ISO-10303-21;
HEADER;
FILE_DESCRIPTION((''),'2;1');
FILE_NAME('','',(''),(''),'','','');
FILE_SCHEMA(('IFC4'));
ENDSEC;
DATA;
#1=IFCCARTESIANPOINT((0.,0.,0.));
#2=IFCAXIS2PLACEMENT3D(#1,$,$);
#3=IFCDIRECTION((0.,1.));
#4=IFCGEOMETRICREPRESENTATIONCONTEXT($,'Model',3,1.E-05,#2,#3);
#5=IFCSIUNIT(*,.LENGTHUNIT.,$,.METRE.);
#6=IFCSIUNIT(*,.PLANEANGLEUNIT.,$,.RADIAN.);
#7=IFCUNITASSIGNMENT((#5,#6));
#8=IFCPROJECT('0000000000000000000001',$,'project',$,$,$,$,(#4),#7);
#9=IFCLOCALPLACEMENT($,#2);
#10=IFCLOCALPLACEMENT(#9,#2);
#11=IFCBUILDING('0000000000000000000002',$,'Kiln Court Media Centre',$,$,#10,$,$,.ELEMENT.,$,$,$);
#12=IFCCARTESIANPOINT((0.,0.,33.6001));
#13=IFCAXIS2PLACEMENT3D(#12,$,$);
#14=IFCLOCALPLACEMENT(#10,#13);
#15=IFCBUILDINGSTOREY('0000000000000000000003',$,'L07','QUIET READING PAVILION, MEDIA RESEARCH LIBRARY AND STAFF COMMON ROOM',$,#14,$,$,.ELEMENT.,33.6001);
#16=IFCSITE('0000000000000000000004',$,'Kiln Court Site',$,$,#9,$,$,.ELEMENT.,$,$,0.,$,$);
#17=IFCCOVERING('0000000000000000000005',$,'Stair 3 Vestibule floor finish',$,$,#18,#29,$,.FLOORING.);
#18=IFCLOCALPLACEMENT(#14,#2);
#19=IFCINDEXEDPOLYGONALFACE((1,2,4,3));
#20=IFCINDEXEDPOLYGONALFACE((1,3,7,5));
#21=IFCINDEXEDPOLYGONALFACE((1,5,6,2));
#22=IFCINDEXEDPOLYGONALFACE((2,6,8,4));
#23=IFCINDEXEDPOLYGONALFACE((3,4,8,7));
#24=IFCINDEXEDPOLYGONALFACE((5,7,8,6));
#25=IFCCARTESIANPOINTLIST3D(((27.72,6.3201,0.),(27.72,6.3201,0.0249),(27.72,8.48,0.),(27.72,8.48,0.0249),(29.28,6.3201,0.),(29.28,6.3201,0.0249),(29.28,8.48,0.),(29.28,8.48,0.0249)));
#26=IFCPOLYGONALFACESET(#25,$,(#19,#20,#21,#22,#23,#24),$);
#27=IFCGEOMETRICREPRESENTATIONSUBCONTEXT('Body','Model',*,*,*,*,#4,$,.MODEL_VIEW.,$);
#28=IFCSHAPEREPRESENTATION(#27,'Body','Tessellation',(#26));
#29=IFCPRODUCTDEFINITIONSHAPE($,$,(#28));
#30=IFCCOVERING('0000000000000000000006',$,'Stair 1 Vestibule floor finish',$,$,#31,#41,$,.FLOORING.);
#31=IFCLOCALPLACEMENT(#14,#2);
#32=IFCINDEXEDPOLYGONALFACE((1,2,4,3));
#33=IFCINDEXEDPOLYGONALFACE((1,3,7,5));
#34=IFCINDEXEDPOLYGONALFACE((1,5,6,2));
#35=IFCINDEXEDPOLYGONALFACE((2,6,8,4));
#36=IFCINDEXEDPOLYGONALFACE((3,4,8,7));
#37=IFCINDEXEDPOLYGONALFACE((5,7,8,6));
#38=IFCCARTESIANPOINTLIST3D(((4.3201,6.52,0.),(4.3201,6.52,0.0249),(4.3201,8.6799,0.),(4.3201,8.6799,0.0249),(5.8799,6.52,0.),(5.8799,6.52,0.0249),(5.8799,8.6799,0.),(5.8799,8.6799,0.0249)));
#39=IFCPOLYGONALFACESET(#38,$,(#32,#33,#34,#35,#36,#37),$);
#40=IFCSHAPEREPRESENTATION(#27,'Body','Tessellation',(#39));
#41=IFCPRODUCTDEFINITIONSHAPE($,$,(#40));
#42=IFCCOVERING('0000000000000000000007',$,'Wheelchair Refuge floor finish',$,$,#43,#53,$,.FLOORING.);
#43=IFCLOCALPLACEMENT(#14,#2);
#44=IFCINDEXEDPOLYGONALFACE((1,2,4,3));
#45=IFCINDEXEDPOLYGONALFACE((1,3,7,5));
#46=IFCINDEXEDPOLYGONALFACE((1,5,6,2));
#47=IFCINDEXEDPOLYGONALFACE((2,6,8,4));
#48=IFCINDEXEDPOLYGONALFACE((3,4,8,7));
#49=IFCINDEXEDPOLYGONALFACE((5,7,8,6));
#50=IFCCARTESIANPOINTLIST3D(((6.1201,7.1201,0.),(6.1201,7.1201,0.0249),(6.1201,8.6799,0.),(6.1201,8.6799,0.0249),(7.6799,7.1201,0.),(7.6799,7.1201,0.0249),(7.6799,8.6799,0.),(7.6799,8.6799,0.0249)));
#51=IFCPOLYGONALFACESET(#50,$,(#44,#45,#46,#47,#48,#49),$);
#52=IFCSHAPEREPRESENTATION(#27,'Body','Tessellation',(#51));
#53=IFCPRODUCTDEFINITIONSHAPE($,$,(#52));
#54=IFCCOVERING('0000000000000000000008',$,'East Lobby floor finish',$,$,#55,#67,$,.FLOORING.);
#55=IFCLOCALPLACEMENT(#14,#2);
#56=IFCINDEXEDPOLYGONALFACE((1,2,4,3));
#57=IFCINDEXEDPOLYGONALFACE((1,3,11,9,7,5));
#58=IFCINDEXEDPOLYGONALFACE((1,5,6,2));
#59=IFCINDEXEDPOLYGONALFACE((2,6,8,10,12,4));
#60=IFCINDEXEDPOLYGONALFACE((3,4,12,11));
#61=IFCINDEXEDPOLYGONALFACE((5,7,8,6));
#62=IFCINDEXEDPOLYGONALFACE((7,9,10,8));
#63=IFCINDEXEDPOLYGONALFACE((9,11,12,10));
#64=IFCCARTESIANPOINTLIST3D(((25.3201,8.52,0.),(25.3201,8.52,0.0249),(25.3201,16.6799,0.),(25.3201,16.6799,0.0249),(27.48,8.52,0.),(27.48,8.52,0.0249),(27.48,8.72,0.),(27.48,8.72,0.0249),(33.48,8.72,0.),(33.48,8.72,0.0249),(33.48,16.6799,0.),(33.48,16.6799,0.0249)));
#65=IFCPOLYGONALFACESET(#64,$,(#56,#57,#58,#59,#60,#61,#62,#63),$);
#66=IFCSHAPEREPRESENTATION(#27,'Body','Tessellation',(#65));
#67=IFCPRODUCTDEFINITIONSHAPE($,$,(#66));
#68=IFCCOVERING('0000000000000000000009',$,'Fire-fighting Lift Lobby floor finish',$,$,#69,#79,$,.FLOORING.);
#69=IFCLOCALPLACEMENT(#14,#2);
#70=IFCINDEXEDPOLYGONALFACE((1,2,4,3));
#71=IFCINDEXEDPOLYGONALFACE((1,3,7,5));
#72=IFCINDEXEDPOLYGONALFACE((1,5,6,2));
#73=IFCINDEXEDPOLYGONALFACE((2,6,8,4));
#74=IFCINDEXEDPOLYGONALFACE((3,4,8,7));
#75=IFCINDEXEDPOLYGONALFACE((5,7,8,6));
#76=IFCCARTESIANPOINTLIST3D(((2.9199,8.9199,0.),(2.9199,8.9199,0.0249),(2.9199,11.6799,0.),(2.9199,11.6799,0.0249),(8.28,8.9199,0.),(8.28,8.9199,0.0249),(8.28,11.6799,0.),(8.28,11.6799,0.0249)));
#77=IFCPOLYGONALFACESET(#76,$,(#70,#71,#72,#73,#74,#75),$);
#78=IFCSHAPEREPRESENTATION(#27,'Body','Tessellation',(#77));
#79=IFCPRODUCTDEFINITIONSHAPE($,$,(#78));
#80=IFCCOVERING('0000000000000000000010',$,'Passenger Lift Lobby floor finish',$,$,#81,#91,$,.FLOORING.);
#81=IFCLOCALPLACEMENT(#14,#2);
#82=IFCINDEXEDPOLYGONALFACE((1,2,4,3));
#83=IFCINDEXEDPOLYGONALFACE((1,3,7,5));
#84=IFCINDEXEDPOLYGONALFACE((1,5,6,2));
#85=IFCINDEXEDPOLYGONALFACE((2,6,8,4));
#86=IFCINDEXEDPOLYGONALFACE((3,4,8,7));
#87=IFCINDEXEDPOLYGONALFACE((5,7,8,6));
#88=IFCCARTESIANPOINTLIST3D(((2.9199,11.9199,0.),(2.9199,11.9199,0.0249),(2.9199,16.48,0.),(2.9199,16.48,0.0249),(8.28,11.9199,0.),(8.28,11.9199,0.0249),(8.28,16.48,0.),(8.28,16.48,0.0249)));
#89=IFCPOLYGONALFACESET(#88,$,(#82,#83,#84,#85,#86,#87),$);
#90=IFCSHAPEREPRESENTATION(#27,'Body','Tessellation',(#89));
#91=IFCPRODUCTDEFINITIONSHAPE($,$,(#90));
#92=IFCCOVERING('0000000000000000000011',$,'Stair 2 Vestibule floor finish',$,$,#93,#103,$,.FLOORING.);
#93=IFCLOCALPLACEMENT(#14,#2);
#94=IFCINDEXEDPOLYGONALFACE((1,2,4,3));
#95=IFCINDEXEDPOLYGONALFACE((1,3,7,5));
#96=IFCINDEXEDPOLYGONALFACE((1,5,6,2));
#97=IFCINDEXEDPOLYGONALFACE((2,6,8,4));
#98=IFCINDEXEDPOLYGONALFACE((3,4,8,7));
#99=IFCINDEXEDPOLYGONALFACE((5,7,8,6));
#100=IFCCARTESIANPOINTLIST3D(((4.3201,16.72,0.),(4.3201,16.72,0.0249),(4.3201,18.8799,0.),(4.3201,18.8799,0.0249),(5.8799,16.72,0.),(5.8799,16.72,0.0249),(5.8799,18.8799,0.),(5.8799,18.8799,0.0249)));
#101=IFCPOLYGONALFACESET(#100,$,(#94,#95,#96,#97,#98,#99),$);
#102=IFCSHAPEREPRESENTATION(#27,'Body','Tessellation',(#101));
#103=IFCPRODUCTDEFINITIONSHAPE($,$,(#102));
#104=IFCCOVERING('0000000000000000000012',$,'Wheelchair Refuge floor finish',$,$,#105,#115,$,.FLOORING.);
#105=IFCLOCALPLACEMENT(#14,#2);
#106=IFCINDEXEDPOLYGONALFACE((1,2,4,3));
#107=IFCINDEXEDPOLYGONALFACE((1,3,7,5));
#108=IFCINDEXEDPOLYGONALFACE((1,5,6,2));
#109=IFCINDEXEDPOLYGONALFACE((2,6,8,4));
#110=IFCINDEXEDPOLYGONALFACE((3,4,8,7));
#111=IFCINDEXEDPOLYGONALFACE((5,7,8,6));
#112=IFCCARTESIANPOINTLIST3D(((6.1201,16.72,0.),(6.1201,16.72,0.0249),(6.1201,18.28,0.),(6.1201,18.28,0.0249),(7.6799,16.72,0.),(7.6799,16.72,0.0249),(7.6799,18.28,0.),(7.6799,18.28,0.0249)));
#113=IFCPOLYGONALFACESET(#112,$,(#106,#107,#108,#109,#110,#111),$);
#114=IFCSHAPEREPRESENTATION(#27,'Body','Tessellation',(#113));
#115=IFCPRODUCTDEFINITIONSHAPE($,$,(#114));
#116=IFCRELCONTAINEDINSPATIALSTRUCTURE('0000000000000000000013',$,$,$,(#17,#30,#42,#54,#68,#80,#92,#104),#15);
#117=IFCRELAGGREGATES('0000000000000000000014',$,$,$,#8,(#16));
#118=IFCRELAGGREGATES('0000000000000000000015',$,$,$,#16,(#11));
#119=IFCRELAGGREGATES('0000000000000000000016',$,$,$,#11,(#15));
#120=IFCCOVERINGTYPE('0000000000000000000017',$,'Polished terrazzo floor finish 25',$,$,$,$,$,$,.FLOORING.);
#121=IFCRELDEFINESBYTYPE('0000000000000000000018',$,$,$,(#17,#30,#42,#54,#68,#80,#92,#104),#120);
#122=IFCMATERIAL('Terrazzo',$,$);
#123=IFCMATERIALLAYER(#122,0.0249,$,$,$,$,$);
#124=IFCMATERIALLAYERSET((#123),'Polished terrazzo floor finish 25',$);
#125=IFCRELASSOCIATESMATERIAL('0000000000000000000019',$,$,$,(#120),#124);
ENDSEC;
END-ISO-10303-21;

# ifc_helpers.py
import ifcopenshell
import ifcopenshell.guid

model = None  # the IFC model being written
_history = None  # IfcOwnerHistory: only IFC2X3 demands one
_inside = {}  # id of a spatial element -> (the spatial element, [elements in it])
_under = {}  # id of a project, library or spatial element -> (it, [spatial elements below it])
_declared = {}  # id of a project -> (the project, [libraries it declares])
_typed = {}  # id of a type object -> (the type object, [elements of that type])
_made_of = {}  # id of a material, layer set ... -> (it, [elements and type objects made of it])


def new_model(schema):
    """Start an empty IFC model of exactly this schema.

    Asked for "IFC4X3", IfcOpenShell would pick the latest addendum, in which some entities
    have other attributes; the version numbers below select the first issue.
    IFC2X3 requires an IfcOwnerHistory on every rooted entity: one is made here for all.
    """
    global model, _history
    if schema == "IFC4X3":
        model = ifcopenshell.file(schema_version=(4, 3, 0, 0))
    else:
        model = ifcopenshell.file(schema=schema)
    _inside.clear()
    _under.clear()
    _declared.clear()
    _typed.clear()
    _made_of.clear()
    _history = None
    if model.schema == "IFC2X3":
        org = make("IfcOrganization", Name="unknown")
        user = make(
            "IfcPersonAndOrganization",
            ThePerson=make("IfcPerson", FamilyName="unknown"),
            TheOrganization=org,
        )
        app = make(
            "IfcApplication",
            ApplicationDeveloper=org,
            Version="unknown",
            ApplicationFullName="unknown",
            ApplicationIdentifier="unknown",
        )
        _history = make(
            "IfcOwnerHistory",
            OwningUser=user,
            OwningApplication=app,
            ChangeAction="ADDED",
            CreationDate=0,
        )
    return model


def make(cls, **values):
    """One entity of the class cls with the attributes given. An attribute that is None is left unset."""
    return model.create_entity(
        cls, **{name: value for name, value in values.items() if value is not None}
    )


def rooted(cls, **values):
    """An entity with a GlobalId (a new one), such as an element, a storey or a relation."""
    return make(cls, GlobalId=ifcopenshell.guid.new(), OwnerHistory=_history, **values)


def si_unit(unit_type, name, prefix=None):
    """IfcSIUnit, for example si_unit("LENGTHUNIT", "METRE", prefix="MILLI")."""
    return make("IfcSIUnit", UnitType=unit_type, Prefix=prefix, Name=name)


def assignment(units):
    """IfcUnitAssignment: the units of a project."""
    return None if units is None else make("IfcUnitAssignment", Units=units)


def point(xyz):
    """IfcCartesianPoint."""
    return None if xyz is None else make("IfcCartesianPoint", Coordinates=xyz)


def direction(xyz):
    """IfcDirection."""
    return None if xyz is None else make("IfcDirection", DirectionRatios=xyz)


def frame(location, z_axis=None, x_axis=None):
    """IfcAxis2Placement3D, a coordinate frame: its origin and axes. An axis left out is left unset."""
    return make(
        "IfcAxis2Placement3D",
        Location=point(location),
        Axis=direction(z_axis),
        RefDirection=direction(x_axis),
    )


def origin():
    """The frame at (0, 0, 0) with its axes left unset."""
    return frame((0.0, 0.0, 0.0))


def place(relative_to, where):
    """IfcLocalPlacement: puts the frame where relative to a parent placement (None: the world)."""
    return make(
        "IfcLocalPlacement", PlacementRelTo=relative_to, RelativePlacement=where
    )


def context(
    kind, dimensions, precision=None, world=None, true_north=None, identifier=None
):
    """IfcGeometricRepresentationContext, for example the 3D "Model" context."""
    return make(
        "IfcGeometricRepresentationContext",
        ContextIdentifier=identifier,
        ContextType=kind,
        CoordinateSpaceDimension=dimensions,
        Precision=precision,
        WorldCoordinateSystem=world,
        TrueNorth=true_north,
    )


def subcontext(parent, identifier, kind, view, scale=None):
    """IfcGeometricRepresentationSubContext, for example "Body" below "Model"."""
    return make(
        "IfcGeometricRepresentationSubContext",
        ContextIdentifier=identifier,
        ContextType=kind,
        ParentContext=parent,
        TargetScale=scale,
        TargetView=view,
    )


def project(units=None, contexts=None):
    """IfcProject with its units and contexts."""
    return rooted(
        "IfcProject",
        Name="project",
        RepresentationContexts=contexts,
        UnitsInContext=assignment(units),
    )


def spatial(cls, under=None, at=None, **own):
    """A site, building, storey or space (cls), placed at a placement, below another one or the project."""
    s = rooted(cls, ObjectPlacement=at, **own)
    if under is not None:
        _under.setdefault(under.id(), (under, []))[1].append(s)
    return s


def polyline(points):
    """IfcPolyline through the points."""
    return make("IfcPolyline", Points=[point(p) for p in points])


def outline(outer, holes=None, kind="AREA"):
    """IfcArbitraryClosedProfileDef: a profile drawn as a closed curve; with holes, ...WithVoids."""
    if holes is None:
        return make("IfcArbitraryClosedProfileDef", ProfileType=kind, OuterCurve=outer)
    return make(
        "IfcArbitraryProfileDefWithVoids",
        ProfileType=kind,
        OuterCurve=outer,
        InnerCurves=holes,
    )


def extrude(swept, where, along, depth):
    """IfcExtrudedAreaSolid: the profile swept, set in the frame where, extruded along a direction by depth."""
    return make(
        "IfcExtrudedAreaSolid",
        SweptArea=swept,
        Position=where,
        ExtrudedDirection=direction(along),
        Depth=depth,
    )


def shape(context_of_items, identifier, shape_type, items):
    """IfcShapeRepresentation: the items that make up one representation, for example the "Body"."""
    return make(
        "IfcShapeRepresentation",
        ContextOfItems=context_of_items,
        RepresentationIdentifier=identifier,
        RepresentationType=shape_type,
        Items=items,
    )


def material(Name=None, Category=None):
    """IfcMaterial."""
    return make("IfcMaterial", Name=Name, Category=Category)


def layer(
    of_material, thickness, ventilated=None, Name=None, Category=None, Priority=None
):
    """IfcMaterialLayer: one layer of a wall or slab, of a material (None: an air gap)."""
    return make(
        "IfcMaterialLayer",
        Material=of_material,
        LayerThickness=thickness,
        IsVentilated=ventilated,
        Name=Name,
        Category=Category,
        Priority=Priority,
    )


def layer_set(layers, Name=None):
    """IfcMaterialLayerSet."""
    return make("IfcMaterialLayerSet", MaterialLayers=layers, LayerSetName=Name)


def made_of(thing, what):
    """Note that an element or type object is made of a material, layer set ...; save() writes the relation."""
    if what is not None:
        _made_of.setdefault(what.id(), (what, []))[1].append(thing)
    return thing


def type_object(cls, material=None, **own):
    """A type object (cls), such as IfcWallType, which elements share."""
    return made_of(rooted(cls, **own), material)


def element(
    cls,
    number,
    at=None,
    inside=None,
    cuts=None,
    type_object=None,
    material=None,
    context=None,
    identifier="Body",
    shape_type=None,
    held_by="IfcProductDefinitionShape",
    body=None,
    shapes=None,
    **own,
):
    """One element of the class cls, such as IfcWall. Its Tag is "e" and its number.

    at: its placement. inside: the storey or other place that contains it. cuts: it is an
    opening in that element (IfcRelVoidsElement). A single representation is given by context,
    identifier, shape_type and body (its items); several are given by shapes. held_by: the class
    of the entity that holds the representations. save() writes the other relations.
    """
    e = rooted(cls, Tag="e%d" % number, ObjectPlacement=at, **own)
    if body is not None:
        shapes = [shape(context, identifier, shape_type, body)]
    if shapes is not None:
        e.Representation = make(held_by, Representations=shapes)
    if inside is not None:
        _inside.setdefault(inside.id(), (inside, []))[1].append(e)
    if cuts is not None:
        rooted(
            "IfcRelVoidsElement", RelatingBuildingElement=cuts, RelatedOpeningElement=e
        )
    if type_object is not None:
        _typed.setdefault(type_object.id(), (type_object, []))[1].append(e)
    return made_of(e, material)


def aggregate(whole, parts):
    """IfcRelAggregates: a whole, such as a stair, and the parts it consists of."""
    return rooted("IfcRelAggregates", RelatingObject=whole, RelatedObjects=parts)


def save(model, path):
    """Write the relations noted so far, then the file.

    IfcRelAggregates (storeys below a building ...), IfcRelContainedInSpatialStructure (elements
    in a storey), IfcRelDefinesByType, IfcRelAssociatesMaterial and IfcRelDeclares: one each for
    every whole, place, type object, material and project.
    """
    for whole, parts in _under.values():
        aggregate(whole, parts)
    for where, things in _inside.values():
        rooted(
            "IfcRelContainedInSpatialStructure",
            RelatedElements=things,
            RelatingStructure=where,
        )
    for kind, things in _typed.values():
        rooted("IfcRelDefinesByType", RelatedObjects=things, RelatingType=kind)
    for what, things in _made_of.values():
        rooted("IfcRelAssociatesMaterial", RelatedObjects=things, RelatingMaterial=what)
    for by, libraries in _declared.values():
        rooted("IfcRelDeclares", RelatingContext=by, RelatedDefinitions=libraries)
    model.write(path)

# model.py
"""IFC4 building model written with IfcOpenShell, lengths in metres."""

from ifc_helpers import new_model, si_unit, direction, frame, origin, place, context, subcontext, project, spatial, polyline, outline, extrude, material, layer, layer_set, type_object, element, save


model = new_model("IFC4")

# Units and contexts
model_context = context("Model", 3, precision=1e-05, world=origin(), true_north=direction((0.0, 1.0)))
body_context = subcontext(model_context, "Body", "Model", "MODEL_VIEW")
ifc_project = project(units=[si_unit("LENGTHUNIT", "METRE"), si_unit("PLANEANGLEUNIT", "RADIAN")], contexts=[model_context])

# Site, building, storey
site_placement = place(None, origin())
site = spatial("IfcSite", under=ifc_project, at=site_placement, Name="Kiln Court Site", CompositionType="ELEMENT", RefElevation=0.0)
building_placement = place(site_placement, origin())
building = spatial("IfcBuilding", under=site, at=building_placement, Name="Kiln Court Media Centre", CompositionType="ELEMENT")
storey_placement = place(building_placement, frame((0.0, 0.0, 33.6001)))
storey = spatial("IfcBuildingStorey", under=building, at=storey_placement, Name="L07", Description="QUIET READING PAVILION, MEDIA RESEARCH LIBRARY AND STAFF COMMON ROOM", CompositionType="ELEMENT", Elevation=33.6001)

# Coverings
ifc_material_1 = material(Name="Terrazzo")
ifc_layer_1 = layer(ifc_material_1, 0.0249)
ifc_layer_set_1 = layer_set([ifc_layer_1], Name="Polished terrazzo floor finish 25")
covering_type_1 = type_object("IfcCoveringType", Name="Polished terrazzo floor finish 25", PredefinedType="FLOORING", material=ifc_layer_set_1)
covering_1_placement = place(storey_placement, origin())
element("IfcCovering", 1, at=covering_1_placement, inside=storey, type_object=covering_type_1, Name="Stair 3 Vestibule floor finish", PredefinedType="FLOORING", context=body_context, shape_type="SweptSolid", body=[
    extrude(outline(polyline([(27.72, 6.3201), (29.28, 6.3201), (29.28, 8.48), (27.72, 8.48), (27.72, 6.3201)])), origin(), (0.0, 0.0, 1.0), 0.0249),
])
covering_2_placement = place(storey_placement, origin())
element("IfcCovering", 2, at=covering_2_placement, inside=storey, type_object=covering_type_1, Name="Stair 1 Vestibule floor finish", PredefinedType="FLOORING", context=body_context, shape_type="SweptSolid", body=[
    extrude(outline(polyline([(4.3201, 6.52), (5.8799, 6.52), (5.8799, 8.6799), (4.3201, 8.6799), (4.3201, 6.52)])), origin(), (0.0, 0.0, 1.0), 0.0249),
])
covering_3_placement = place(storey_placement, origin())
element("IfcCovering", 3, at=covering_3_placement, inside=storey, type_object=covering_type_1, Name="Wheelchair Refuge floor finish", PredefinedType="FLOORING", context=body_context, shape_type="SweptSolid", body=[
    extrude(outline(polyline([(6.1201, 7.1201), (7.6799, 7.1201), (7.6799, 8.6799), (6.1201, 8.6799), (6.1201, 7.1201)])), origin(), (0.0, 0.0, 1.0), 0.0249),
])
covering_4_placement = place(storey_placement, origin())
element("IfcCovering", 4, at=covering_4_placement, inside=storey, type_object=covering_type_1, Name="East Lobby floor finish", PredefinedType="FLOORING", context=body_context, shape_type="SweptSolid", body=[
    extrude(outline(polyline([(25.3201, 8.52), (27.48, 8.52), (27.48, 8.72), (33.48, 8.72), (33.48, 16.6799), (25.3201, 16.6799), (25.3201, 8.52)])), origin(), (0.0, 0.0, 1.0), 0.0249),
])
covering_5_placement = place(storey_placement, origin())
element("IfcCovering", 5, at=covering_5_placement, inside=storey, type_object=covering_type_1, Name="Fire-fighting Lift Lobby floor finish", PredefinedType="FLOORING", context=body_context, shape_type="SweptSolid", body=[
    extrude(outline(polyline([(2.9199, 8.9199), (8.28, 8.9199), (8.28, 11.6799), (2.9199, 11.6799), (2.9199, 8.9199)])), origin(), (0.0, 0.0, 1.0), 0.0249),
])
covering_6_placement = place(storey_placement, origin())
element("IfcCovering", 6, at=covering_6_placement, inside=storey, type_object=covering_type_1, Name="Passenger Lift Lobby floor finish", PredefinedType="FLOORING", context=body_context, shape_type="SweptSolid", body=[
    extrude(outline(polyline([(2.9199, 11.9199), (8.28, 11.9199), (8.28, 16.48), (2.9199, 16.48), (2.9199, 11.9199)])), origin(), (0.0, 0.0, 1.0), 0.0249),
])
covering_7_placement = place(storey_placement, origin())
element("IfcCovering", 7, at=covering_7_placement, inside=storey, type_object=covering_type_1, Name="Stair 2 Vestibule floor finish", PredefinedType="FLOORING", context=body_context, shape_type="SweptSolid", body=[
    extrude(outline(polyline([(4.3201, 16.72), (5.8799, 16.72), (5.8799, 18.8799), (4.3201, 18.8799), (4.3201, 16.72)])), origin(), (0.0, 0.0, 1.0), 0.0249),
])
covering_8_placement = place(storey_placement, origin())
element("IfcCovering", 8, at=covering_8_placement, inside=storey, type_object=covering_type_1, Name="Wheelchair Refuge floor finish", PredefinedType="FLOORING", context=body_context, shape_type="SweptSolid", body=[
    extrude(outline(polyline([(6.1201, 16.72), (7.6799, 16.72), (7.6799, 18.28), (6.1201, 18.28), (6.1201, 16.72)])), origin(), (0.0, 0.0, 1.0), 0.0249),
])

save(model, "model.ifc")
